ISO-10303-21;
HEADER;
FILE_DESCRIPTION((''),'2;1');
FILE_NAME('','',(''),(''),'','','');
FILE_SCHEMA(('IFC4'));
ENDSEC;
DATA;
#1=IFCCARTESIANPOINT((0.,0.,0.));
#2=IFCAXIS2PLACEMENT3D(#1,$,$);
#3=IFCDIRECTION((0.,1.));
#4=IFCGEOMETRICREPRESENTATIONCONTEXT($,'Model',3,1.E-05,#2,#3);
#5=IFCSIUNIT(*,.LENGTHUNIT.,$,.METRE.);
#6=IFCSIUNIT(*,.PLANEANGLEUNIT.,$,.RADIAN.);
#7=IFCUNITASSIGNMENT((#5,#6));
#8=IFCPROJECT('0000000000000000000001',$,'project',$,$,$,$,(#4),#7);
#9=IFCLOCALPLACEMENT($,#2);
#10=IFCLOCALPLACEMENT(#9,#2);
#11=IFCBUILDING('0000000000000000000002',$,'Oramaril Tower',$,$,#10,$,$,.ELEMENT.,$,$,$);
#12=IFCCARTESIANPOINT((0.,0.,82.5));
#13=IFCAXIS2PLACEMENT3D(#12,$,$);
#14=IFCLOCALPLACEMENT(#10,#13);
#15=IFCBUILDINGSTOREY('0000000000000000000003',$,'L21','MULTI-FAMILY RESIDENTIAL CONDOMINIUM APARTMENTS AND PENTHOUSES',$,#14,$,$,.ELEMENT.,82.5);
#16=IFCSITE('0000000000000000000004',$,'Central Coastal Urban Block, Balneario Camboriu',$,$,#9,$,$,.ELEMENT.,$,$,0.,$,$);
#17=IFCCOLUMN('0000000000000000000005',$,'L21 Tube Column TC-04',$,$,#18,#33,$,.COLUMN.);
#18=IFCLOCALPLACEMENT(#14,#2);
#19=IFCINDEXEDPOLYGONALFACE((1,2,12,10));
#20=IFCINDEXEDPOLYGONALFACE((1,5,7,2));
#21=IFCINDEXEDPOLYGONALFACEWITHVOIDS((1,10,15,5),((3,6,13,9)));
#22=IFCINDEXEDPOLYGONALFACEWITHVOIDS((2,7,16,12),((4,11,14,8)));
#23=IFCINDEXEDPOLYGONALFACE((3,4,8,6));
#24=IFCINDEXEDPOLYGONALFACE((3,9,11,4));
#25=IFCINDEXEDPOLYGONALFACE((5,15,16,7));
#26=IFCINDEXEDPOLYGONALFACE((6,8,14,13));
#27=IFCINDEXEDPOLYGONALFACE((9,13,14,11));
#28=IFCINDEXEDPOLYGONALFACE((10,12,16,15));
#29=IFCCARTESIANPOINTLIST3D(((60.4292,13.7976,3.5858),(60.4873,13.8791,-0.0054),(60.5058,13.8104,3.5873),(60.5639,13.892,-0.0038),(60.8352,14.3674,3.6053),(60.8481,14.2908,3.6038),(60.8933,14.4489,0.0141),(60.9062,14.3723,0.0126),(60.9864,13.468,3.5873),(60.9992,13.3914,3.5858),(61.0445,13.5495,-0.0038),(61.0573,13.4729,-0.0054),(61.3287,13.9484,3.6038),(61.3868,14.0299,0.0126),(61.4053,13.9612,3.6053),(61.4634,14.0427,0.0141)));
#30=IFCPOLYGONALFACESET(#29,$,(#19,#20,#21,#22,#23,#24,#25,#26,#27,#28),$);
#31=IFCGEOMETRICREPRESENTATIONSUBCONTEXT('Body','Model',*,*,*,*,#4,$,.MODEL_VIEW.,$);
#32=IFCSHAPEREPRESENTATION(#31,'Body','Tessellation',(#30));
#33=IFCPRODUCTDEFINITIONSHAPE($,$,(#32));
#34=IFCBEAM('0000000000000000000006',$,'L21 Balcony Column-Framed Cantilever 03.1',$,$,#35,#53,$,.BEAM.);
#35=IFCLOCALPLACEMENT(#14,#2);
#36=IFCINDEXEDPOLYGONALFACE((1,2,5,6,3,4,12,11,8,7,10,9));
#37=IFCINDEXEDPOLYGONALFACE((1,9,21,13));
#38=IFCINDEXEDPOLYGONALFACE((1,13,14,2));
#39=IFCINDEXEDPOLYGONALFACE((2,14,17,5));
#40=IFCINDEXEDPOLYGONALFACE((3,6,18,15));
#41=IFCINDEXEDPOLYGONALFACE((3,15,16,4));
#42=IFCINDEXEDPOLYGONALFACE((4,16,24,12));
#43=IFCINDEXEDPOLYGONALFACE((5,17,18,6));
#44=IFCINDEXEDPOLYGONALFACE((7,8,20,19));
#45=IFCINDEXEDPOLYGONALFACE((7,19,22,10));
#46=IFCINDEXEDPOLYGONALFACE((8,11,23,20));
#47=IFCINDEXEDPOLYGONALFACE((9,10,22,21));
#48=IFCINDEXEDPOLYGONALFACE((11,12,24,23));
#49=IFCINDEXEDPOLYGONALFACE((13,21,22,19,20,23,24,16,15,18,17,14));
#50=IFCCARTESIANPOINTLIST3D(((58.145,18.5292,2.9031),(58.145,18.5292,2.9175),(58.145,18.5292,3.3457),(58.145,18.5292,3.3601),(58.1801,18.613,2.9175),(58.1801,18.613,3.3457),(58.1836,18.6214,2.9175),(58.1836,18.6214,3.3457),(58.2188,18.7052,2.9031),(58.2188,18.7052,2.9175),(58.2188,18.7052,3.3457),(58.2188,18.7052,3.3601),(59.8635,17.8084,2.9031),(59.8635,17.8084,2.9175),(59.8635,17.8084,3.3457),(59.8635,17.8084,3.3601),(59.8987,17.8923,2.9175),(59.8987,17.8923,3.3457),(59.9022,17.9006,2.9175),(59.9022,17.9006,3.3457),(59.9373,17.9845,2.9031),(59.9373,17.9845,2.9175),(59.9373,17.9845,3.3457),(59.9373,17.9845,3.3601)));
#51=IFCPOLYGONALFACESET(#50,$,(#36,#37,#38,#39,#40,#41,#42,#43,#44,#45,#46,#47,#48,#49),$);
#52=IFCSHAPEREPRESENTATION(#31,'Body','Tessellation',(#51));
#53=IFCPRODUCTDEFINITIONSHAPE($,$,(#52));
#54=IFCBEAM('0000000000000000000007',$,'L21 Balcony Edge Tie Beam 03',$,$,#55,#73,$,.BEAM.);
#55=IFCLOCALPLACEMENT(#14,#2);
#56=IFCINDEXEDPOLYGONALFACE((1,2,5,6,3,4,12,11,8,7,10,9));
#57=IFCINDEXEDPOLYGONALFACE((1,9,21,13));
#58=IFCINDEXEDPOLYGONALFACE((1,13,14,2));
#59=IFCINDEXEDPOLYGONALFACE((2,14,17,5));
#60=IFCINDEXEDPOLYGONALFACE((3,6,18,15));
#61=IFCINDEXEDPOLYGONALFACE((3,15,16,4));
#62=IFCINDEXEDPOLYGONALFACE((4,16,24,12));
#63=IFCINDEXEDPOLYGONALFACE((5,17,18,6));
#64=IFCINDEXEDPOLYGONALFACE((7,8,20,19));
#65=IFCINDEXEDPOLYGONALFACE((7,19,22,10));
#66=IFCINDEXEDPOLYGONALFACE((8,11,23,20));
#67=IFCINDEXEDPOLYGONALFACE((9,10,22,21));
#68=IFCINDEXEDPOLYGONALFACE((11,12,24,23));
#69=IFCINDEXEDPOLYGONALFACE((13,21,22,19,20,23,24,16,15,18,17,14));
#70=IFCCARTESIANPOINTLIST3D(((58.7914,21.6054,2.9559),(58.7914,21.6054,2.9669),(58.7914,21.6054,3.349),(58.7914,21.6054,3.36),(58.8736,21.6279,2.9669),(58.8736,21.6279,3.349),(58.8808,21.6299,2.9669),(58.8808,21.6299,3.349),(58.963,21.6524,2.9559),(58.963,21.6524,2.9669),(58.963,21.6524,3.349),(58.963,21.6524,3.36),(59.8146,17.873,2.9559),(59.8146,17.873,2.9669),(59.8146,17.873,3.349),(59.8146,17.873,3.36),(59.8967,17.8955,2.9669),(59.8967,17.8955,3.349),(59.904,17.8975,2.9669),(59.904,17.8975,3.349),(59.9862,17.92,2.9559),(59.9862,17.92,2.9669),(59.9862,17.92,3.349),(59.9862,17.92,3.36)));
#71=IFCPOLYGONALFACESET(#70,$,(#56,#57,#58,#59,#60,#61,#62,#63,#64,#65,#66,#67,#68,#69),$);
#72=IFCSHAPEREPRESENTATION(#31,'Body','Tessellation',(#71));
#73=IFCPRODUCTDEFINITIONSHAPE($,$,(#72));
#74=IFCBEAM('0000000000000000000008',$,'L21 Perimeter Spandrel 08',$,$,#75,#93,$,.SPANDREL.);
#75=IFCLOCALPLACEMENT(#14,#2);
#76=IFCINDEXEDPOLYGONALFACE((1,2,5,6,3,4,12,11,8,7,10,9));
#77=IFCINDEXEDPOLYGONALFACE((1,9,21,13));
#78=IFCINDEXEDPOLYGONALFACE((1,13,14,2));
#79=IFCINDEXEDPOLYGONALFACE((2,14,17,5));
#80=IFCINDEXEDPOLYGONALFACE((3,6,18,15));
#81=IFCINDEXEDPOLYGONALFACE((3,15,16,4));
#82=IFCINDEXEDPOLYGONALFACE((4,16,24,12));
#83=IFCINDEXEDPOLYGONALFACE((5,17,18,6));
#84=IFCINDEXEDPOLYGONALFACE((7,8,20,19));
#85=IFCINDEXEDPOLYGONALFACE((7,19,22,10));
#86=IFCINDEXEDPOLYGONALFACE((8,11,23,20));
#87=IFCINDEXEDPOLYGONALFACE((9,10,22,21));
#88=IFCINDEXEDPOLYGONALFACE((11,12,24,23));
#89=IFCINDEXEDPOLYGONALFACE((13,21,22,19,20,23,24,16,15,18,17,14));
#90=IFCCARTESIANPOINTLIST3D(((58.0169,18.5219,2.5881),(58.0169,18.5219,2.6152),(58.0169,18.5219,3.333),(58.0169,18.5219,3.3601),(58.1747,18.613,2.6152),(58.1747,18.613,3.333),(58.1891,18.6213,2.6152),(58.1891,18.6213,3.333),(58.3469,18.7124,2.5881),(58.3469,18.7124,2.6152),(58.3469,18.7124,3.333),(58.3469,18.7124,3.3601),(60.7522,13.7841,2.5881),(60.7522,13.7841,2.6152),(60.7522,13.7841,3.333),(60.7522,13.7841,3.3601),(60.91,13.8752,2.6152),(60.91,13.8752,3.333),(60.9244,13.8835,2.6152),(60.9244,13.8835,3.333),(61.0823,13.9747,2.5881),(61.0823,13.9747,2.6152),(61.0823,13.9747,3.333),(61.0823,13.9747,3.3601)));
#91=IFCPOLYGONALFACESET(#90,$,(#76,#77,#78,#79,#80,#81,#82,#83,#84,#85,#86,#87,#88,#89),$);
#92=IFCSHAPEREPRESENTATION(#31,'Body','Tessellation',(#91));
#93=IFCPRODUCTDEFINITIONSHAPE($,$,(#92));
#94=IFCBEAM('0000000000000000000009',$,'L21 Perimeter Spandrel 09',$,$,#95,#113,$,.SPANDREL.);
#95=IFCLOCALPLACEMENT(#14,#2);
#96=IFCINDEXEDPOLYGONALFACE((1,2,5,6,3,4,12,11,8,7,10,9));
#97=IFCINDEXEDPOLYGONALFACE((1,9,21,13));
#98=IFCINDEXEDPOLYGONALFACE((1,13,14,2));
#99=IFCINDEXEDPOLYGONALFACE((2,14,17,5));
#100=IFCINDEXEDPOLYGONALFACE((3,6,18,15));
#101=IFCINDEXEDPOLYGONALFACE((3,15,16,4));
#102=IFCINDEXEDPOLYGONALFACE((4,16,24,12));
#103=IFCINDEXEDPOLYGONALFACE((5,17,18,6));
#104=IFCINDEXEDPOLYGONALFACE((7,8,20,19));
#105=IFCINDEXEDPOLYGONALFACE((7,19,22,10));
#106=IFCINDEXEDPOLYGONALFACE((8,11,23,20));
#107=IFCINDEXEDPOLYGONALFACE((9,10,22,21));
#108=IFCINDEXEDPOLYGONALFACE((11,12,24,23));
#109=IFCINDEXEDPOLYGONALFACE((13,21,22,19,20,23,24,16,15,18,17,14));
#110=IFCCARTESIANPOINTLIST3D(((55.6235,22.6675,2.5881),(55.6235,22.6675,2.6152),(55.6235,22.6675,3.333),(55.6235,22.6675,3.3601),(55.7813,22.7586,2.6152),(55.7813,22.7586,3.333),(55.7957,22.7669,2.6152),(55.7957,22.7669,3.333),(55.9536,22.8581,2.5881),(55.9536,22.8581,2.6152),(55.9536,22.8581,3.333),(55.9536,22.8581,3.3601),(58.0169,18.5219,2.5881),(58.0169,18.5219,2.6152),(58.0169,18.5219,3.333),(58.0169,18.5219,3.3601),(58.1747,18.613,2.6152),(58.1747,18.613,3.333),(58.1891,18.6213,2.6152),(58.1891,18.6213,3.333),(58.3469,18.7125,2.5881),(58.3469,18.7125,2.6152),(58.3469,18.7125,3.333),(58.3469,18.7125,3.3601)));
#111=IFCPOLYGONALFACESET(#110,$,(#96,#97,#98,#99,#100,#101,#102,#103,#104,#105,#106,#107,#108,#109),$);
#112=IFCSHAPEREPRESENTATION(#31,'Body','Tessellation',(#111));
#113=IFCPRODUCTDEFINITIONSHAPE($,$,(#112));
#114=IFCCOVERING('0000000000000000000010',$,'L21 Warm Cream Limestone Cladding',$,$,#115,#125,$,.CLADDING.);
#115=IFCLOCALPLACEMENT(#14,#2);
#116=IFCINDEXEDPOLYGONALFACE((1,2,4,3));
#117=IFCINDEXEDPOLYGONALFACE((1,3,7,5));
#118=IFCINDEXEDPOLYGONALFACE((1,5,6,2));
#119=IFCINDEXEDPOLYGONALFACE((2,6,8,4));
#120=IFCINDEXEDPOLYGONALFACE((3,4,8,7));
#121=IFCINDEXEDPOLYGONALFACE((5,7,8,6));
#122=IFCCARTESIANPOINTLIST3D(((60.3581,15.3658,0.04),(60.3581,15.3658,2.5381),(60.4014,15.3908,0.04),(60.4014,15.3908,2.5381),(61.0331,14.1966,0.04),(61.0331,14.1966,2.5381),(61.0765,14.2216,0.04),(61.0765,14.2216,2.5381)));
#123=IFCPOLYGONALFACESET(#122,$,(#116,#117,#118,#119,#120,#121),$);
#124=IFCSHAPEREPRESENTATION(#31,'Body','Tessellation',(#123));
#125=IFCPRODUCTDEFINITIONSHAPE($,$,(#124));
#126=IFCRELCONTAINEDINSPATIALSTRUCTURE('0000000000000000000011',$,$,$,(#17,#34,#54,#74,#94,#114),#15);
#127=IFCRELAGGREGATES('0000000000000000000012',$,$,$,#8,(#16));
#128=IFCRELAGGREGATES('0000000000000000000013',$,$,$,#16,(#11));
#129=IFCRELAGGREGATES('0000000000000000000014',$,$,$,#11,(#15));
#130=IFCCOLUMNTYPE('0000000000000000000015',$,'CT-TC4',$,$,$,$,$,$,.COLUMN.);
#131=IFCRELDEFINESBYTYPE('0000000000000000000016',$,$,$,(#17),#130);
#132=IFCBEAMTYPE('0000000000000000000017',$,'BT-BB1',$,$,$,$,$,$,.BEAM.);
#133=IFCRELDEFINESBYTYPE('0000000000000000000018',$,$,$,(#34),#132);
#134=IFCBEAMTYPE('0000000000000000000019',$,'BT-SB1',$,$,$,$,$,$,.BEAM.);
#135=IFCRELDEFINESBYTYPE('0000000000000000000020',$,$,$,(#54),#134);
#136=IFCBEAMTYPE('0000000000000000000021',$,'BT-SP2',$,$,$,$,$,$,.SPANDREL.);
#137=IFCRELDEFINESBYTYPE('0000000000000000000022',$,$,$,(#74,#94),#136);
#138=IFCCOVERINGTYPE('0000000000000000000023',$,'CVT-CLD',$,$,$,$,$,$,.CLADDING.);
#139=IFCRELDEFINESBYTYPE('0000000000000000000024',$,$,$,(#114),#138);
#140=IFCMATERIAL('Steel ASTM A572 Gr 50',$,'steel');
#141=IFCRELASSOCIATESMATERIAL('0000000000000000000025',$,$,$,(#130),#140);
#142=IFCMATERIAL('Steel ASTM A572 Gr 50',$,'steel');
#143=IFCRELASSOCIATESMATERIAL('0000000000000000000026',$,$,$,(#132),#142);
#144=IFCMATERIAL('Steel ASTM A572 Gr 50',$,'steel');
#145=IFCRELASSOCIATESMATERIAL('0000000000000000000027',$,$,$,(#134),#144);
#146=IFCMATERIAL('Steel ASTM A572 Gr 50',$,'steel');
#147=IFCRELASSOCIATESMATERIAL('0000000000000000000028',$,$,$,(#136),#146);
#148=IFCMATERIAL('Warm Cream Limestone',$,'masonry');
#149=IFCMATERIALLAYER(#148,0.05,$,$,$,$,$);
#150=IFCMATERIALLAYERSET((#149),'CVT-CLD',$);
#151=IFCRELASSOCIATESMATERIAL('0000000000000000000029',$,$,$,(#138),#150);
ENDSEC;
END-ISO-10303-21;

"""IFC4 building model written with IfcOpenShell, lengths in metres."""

from ifc_helpers import new_model, si_unit, direction, frame, origin, origin_2d, place, context, subcontext, project, spatial, rectangle, hollow_rectangle, i_section, extrude, material, layer, layer_set, material_profile, profile_set, type_object, element, save


model = new_model("IFC4")

# Units and contexts
model_context = context("Model", 3, precision=1e-05, world=origin(), true_north=direction((0.0, 1.0)))
body_context = subcontext(model_context, "Body", "Model", "MODEL_VIEW")
ifc_project = project(units=[si_unit("LENGTHUNIT", "METRE"), si_unit("PLANEANGLEUNIT", "RADIAN")], contexts=[model_context])

# Site, building, storey
site_placement = place(None, origin())
site = spatial("IfcSite", under=ifc_project, at=site_placement, Name="Central Coastal Urban Block, Balneario Camboriu", CompositionType="ELEMENT", RefElevation=0.0)
building_placement = place(site_placement, origin())
building = spatial("IfcBuilding", under=site, at=building_placement, Name="Oramaril Tower", CompositionType="ELEMENT")
storey_placement = place(building_placement, frame((0.0, 0.0, 82.5)))
storey = spatial("IfcBuildingStorey", under=building, at=storey_placement, Name="L21", Description="MULTI-FAMILY RESIDENTIAL CONDOMINIUM APARTMENTS AND PENTHOUSES", CompositionType="ELEMENT", Elevation=82.5)

# Column
ifc_material_1 = material(Name="Steel ASTM A572 Gr 50", Category="steel")
ifc_material_profile_1 = material_profile(ifc_material_1, hollow_rectangle(XDim=0.7, YDim=0.7, WallThickness=0.0549, at=origin_2d()), Name="BOX700X700X55")
ifc_profile_set_1 = profile_set([ifc_material_profile_1], Name="Steel ASTM A572 Gr 50")
column_type = type_object("IfcColumnType", Name="CT-TC4", PredefinedType="COLUMN", material=ifc_profile_set_1)
column_placement = place(storey_placement, frame((60.9753, 13.9609, 0.0044), z_axis=(-0.016174, -0.022698, 0.999612), x_axis=(0.814392, -0.580315, 0.0)))
element("IfcColumn", 1, at=column_placement, inside=storey, type_object=column_type, Name="L21 Tube Column TC-04", PredefinedType="COLUMN", context=body_context, shape_type="SweptSolid", body=[
    extrude(hollow_rectangle(XDim=0.7, YDim=0.7, WallThickness=0.0549, at=origin_2d()), origin(), (0.0, 0.0, 1.0), 3.5925),
])

# Beams
ifc_material_2 = material(Name="Steel ASTM A572 Gr 50", Category="steel")
ifc_material_profile_2 = material_profile(ifc_material_2, i_section(OverallWidth=0.1909, OverallDepth=0.457, WebThickness=0.009, FlangeThickness=0.0144, at=origin_2d()), Name="W18X50")
ifc_profile_set_2 = profile_set([ifc_material_profile_2], Name="Steel ASTM A572 Gr 50")
beam_type_1 = type_object("IfcBeamType", Name="BT-BB1", PredefinedType="BEAM", material=ifc_profile_set_2)
beam_1_placement = place(storey_placement, frame((58.1819, 18.6172, 3.1316), z_axis=(0.922187, -0.386745, 0.0), x_axis=(0.386745, 0.922187, 0.0)))
element("IfcBeam", 2, at=beam_1_placement, inside=storey, type_object=beam_type_1, Name="L21 Balcony Column-Framed Cantilever 03.1", PredefinedType="BEAM", context=body_context, shape_type="SweptSolid", body=[
    extrude(i_section(OverallWidth=0.1909, OverallDepth=0.457, WebThickness=0.009, FlangeThickness=0.0144, at=origin_2d()), origin(), (0.0, 0.0, 1.0), 1.8635),
])
ifc_material_3 = material(Name="Steel ASTM A572 Gr 50", Category="steel")
ifc_material_profile_3 = material_profile(ifc_material_3, i_section(OverallWidth=0.178, OverallDepth=0.4041, WebThickness=0.0076, FlangeThickness=0.011, at=origin_2d()), Name="W16X36")
ifc_profile_set_3 = profile_set([ifc_material_profile_3], Name="Steel ASTM A572 Gr 50")
beam_type_2 = type_object("IfcBeamType", Name="BT-SB1", PredefinedType="BEAM", material=ifc_profile_set_3)
beam_2_placement = place(storey_placement, frame((59.9004, 17.8965, 3.158), z_axis=(-0.264382, 0.964418, 0.0), x_axis=(-0.964418, -0.264382, 0.0)))
element("IfcBeam", 3, at=beam_2_placement, inside=storey, type_object=beam_type_2, Name="L21 Balcony Edge Tie Beam 03", PredefinedType="BEAM", context=body_context, shape_type="SweptSolid", body=[
    extrude(i_section(OverallWidth=0.178, OverallDepth=0.4041, WebThickness=0.0076, FlangeThickness=0.011, at=origin_2d()), origin(), (0.0, 0.0, 1.0), 3.8701),
])
ifc_material_4 = material(Name="Steel ASTM A572 Gr 50", Category="steel")
ifc_material_profile_4 = material_profile(ifc_material_4, i_section(OverallWidth=0.3811, OverallDepth=0.772, WebThickness=0.0166, FlangeThickness=0.0271, at=origin_2d()), Name="W30X173")
ifc_profile_set_4 = profile_set([ifc_material_profile_4], Name="Steel ASTM A572 Gr 50")
beam_type_3 = type_object("IfcBeamType", Name="BT-SP2", PredefinedType="SPANDREL", material=ifc_profile_set_4)
beam_3_placement = place(storey_placement, frame((60.9172, 13.8794, 2.9741), z_axis=(-0.499998, 0.866027, 0.0), x_axis=(-0.866027, -0.499998, 0.0)))
element("IfcBeam", 4, at=beam_3_placement, inside=storey, type_object=beam_type_3, Name="L21 Perimeter Spandrel 08", PredefinedType="SPANDREL", context=body_context, shape_type="SweptSolid", body=[
    extrude(i_section(OverallWidth=0.3811, OverallDepth=0.772, WebThickness=0.0166, FlangeThickness=0.0271, at=origin_2d()), origin(), (0.0, 0.0, 1.0), 5.4707),
])
beam_4_placement = place(storey_placement, frame((58.1819, 18.6172, 2.9741), z_axis=(-0.499984, 0.866034, 0.0), x_axis=(-0.866034, -0.499984, 0.0)))
element("IfcBeam", 5, at=beam_4_placement, inside=storey, type_object=beam_type_3, Name="L21 Perimeter Spandrel 09", PredefinedType="SPANDREL", context=body_context, shape_type="SweptSolid", body=[
    extrude(i_section(OverallWidth=0.3811, OverallDepth=0.772, WebThickness=0.0166, FlangeThickness=0.0271, at=origin_2d()), origin(), (0.0, 0.0, 1.0), 4.7869),
])

# Covering
ifc_material_5 = material(Name="Warm Cream Limestone", Category="masonry")
ifc_layer_1 = layer(ifc_material_5, 0.05)
ifc_layer_set_1 = layer_set([ifc_layer_1], Name="CVT-CLD")
covering_type = type_object("IfcCoveringType", Name="CVT-CLD", PredefinedType="CLADDING", material=ifc_layer_set_1)
covering_placement = place(storey_placement, frame((60.7173, 14.7937, 0.04), z_axis=(0.0, 0.0, 1.0), x_axis=(-0.5, 0.866025, 0.0)))
element("IfcCovering", 6, at=covering_placement, inside=storey, type_object=covering_type, Name="L21 Warm Cream Limestone Cladding", PredefinedType="CLADDING", context=body_context, shape_type="SweptSolid", body=[
    extrude(rectangle(XDim=1.3501, YDim=0.05, at=origin_2d()), origin(), (0.0, 0.0, 1.0), 2.498),
])

save(model, "model.ifc")
